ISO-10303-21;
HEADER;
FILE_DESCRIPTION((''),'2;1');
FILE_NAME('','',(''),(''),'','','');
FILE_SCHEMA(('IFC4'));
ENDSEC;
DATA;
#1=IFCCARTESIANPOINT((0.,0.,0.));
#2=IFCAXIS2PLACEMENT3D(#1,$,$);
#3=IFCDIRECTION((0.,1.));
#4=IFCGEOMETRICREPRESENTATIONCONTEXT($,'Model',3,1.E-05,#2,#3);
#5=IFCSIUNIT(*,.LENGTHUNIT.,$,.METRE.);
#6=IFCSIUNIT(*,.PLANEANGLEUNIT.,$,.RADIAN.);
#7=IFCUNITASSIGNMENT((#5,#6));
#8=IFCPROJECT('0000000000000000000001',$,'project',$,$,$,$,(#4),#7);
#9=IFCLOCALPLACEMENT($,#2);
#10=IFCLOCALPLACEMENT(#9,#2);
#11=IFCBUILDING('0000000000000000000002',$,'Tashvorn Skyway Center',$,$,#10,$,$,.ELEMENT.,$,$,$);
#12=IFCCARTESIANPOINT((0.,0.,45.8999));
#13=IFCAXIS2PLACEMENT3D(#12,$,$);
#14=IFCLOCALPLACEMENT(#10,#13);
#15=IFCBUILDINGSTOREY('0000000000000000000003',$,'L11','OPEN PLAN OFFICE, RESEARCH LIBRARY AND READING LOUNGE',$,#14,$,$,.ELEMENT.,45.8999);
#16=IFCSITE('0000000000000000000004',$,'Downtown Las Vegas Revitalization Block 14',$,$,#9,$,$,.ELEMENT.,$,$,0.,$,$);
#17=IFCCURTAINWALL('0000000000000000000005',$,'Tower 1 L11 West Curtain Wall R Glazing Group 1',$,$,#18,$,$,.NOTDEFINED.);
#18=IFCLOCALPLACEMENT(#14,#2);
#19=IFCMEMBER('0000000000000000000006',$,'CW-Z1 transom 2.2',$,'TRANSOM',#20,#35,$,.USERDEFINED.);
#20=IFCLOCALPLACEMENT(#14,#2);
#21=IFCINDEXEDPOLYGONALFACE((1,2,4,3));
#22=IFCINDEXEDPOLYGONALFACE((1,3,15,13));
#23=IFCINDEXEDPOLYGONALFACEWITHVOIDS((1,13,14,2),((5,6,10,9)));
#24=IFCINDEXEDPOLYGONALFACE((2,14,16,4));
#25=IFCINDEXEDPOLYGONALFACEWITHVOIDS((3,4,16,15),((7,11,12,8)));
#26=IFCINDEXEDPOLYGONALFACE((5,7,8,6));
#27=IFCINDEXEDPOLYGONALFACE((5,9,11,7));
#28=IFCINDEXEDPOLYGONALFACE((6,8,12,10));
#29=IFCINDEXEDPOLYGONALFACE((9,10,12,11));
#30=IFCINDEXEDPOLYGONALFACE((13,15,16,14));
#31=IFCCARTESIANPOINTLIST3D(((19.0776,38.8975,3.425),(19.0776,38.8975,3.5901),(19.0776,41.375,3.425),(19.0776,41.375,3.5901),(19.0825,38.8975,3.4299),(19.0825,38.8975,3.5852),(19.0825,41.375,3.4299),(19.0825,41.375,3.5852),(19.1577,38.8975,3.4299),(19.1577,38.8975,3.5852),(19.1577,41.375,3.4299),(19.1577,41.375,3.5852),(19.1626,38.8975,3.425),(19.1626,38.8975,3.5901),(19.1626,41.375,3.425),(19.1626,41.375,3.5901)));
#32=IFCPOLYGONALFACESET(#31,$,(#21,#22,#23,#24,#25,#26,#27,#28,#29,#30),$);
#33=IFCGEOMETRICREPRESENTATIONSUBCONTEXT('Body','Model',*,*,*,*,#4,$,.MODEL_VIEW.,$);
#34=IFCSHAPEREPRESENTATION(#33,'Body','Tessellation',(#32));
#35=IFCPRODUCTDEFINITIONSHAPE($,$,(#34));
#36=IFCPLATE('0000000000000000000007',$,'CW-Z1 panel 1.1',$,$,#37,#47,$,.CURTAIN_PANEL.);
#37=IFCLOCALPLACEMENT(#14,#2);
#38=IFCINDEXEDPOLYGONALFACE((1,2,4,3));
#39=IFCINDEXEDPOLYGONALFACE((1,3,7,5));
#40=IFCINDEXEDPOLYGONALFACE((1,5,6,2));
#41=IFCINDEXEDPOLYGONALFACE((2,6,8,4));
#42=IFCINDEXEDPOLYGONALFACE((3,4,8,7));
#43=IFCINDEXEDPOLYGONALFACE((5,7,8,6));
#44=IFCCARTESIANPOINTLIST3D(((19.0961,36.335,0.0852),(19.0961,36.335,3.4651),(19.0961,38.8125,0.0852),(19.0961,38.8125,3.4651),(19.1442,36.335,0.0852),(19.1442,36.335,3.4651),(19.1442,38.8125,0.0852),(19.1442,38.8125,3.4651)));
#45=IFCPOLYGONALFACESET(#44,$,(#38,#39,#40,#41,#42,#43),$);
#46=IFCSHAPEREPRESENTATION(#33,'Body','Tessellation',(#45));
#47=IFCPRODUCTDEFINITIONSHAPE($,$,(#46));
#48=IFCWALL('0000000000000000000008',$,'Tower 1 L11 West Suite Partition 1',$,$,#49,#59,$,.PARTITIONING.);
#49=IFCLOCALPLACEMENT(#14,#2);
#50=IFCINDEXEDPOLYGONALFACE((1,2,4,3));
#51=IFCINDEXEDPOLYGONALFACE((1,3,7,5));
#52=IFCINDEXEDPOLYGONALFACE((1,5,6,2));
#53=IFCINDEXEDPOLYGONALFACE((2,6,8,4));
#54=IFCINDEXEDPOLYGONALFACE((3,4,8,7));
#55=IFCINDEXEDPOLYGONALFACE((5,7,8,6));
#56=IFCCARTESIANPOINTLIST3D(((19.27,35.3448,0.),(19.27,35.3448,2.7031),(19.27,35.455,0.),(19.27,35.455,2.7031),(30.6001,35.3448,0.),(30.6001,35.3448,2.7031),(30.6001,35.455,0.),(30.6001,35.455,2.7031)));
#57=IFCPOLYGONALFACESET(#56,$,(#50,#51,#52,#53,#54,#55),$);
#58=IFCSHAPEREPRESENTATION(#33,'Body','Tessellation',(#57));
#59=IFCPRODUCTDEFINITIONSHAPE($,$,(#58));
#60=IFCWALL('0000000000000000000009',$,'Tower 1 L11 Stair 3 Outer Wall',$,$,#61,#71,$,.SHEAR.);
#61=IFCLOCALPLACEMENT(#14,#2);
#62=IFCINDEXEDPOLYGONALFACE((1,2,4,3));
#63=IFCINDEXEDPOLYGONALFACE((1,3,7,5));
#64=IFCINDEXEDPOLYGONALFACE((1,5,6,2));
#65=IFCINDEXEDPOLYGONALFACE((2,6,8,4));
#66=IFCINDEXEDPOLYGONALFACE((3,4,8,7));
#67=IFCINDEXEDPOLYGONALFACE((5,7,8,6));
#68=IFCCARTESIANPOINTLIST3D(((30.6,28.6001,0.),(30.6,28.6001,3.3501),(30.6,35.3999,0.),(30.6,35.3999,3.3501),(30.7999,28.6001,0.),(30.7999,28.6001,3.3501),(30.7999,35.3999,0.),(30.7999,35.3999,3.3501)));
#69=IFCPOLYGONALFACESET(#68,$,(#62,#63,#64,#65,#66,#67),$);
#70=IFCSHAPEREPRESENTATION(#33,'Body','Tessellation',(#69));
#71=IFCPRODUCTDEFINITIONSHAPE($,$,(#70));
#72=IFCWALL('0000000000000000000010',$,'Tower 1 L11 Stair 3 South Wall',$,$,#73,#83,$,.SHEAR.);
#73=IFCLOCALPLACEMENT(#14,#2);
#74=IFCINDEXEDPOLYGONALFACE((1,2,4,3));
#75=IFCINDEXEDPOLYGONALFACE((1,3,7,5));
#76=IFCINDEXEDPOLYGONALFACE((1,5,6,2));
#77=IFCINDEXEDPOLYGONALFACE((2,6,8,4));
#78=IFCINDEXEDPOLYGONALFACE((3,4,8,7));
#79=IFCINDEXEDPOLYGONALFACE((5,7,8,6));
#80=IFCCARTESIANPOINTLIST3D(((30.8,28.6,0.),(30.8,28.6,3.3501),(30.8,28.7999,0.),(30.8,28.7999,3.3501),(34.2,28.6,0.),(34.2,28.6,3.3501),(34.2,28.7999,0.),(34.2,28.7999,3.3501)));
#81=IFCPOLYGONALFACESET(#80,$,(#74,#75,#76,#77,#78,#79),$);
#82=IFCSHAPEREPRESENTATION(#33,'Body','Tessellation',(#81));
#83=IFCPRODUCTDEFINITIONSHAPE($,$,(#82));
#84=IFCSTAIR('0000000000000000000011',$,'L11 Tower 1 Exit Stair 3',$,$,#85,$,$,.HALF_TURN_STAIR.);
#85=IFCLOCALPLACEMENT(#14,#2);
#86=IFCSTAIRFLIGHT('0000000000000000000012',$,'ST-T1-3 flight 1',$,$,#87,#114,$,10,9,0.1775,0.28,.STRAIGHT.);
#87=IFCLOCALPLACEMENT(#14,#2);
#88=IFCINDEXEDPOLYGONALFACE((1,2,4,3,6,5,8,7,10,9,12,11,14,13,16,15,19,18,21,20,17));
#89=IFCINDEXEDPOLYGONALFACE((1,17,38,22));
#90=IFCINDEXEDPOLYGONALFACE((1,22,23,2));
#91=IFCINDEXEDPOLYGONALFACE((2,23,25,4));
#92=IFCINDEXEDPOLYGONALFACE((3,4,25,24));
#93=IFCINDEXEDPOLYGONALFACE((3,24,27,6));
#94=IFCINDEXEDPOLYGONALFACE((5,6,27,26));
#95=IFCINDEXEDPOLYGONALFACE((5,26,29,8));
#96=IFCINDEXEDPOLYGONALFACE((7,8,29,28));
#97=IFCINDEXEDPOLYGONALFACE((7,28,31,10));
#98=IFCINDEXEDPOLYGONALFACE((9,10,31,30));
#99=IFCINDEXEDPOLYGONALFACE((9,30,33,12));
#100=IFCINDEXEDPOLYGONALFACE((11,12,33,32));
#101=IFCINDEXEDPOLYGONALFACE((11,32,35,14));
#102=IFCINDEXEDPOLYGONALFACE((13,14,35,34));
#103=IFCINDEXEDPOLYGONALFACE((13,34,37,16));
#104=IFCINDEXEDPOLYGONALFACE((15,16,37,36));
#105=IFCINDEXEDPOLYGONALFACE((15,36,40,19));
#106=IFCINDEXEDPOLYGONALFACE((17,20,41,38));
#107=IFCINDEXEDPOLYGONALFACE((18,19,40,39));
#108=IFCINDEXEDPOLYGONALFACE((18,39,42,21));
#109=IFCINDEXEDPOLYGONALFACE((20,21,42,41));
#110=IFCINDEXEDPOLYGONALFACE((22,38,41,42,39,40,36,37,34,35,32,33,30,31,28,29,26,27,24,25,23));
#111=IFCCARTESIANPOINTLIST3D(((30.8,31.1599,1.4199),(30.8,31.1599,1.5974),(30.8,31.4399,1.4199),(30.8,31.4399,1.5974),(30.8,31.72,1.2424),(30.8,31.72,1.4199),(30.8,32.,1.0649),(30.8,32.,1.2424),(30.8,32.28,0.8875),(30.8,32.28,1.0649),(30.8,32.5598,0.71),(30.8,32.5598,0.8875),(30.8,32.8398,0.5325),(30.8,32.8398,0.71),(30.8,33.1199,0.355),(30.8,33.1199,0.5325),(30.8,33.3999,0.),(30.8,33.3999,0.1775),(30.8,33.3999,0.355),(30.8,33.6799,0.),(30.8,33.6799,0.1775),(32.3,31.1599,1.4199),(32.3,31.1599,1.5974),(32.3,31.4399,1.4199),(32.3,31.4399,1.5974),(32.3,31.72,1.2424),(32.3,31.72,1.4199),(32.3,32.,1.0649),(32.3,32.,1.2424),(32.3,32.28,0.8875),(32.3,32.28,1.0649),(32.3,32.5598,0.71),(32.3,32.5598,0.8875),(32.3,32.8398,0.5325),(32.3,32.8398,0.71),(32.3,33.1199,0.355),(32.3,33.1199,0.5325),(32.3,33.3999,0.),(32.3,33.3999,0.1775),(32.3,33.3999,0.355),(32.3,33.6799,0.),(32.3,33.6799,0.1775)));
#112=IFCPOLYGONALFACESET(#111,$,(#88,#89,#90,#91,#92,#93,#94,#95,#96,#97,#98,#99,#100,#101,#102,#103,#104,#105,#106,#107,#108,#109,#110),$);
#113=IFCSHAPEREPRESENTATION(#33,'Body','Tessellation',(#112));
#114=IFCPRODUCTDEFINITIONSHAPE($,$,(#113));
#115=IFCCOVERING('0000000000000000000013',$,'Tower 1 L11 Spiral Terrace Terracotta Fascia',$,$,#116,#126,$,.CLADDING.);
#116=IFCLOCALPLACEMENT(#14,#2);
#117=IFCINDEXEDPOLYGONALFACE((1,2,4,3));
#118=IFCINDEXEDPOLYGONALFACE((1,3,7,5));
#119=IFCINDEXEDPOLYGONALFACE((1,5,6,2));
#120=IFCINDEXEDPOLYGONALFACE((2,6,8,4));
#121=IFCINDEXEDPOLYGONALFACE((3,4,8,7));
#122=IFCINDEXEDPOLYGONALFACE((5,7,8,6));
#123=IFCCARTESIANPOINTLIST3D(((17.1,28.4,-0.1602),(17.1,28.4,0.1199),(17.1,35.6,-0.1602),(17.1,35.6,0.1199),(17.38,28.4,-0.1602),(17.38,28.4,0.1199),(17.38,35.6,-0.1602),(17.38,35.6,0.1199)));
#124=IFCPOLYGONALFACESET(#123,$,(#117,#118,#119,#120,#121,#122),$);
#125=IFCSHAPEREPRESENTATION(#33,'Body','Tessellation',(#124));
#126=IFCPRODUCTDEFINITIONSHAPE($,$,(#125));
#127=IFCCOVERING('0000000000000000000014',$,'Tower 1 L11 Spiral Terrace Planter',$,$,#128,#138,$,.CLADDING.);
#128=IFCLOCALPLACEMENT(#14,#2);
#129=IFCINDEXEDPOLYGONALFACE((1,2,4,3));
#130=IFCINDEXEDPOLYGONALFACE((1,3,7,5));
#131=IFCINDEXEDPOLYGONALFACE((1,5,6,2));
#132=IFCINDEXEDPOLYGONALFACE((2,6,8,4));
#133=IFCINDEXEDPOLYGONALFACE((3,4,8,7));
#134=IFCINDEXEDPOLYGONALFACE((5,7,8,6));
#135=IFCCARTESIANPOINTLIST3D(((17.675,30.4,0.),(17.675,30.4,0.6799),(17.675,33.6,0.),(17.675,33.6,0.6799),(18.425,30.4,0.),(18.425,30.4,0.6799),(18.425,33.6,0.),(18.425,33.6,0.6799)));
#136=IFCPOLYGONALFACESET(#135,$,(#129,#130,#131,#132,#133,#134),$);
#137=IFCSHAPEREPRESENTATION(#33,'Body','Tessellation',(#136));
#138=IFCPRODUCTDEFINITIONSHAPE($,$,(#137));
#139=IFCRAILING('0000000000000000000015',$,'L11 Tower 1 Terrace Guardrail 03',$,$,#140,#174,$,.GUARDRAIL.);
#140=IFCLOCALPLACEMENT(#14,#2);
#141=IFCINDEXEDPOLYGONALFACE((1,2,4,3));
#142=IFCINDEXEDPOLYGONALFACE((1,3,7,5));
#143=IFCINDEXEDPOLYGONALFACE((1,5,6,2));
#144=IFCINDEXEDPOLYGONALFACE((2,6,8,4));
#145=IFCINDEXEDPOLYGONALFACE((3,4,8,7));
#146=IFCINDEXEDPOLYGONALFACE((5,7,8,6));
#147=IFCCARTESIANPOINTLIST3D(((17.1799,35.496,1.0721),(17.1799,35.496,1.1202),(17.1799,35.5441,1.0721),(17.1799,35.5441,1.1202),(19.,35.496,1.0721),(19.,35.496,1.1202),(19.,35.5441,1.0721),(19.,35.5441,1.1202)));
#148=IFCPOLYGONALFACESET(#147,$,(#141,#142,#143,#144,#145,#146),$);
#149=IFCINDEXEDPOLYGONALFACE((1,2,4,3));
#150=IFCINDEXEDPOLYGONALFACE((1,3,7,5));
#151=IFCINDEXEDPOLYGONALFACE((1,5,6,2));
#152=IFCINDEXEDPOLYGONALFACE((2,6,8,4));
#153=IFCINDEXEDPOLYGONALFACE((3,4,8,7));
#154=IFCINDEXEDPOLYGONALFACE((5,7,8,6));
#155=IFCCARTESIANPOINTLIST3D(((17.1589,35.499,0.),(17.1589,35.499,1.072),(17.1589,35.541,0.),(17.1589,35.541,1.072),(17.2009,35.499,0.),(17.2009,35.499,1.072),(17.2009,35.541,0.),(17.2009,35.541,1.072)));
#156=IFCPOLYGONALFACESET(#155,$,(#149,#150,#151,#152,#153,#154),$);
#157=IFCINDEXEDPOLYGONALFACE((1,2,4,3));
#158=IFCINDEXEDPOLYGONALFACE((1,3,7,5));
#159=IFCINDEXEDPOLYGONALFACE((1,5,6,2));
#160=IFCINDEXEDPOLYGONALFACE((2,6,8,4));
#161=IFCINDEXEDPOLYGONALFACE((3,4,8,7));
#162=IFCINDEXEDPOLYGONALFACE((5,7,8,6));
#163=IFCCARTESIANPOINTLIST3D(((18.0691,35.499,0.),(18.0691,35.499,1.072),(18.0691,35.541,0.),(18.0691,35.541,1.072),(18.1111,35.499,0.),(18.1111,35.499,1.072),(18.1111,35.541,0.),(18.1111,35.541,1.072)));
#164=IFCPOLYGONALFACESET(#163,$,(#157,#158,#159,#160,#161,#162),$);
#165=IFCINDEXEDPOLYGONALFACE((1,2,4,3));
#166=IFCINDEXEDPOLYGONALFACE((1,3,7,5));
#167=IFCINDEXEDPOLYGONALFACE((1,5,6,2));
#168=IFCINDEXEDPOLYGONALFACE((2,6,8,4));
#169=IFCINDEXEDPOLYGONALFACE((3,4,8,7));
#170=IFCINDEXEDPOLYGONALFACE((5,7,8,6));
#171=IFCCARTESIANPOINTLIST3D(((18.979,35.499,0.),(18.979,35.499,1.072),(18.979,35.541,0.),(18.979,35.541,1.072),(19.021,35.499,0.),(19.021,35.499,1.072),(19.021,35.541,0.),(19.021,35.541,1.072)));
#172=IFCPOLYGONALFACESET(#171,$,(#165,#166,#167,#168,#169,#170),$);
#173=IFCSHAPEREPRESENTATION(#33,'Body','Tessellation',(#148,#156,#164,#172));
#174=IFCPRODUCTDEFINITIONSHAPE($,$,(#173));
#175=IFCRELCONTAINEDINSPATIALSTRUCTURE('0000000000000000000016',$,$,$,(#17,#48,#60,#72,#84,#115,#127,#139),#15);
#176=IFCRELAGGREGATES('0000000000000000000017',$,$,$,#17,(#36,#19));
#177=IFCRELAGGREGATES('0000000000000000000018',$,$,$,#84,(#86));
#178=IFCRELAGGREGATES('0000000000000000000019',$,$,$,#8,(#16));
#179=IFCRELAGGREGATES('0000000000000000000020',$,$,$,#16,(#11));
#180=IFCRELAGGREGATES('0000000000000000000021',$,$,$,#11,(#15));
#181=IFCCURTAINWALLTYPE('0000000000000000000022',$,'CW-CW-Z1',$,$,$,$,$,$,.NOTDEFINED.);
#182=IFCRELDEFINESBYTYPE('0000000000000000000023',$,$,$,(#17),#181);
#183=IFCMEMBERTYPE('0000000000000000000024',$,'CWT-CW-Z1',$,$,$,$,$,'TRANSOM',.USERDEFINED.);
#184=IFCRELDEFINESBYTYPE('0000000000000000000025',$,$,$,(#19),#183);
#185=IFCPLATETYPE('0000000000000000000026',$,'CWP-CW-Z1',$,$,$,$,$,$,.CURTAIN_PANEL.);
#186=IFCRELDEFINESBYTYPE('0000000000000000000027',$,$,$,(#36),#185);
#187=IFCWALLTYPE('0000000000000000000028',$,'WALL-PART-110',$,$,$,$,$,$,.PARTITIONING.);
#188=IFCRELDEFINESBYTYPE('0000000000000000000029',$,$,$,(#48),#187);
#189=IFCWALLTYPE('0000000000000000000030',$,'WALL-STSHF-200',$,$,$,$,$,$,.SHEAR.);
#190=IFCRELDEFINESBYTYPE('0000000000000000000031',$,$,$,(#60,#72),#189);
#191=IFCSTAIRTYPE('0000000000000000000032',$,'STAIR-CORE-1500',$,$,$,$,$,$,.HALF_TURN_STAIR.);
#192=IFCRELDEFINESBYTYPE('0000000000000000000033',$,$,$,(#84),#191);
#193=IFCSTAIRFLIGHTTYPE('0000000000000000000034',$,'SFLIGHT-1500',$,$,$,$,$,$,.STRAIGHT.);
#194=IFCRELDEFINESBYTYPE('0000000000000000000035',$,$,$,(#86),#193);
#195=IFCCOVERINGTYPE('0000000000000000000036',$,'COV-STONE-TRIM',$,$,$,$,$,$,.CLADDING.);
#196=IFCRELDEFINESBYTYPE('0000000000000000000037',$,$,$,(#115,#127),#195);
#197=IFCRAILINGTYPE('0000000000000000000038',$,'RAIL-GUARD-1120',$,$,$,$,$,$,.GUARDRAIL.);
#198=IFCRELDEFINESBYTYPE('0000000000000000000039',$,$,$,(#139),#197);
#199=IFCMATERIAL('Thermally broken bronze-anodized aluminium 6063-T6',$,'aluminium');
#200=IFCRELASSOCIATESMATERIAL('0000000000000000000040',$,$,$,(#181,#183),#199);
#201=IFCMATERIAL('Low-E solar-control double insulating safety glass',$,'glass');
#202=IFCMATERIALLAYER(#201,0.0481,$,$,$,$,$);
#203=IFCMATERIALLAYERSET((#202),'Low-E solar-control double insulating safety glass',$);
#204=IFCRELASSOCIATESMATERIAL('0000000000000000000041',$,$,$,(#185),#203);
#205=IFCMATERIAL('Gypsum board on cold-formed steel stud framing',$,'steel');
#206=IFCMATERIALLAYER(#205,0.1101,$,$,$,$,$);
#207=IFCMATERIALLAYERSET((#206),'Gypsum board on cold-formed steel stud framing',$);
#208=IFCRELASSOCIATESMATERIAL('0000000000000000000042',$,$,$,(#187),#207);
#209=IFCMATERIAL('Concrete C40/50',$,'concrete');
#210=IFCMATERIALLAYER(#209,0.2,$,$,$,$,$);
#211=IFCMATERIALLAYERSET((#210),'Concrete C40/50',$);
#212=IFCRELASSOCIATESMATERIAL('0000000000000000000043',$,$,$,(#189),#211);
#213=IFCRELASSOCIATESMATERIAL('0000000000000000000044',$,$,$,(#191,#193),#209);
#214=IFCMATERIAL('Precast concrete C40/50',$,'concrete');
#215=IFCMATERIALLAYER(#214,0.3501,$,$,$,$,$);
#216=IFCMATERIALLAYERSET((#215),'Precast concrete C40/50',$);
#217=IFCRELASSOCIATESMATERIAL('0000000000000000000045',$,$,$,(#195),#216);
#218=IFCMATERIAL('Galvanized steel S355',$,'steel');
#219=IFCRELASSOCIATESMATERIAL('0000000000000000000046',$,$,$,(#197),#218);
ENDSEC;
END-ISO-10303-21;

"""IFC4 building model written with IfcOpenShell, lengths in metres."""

from ifc_helpers import new_model, si_unit, direction, frame, frame_2d, origin, origin_2d, place, context, subcontext, project, spatial, polyline, rectangle, hollow_rectangle, outline, extrude, material, layer, layer_set, material_profile, profile_set, type_object, element, aggregate, save


model = new_model("IFC4")

# Units and contexts
model_context = context("Model", 3, precision=1e-05, world=origin(), true_north=direction((0.0, 1.0)))
body_context = subcontext(model_context, "Body", "Model", "MODEL_VIEW")
ifc_project = project(units=[si_unit("LENGTHUNIT", "METRE"), si_unit("PLANEANGLEUNIT", "RADIAN")], contexts=[model_context])

# Site, building, storey
site_placement = place(None, origin())
site = spatial("IfcSite", under=ifc_project, at=site_placement, Name="Downtown Las Vegas Revitalization Block 14", CompositionType="ELEMENT", RefElevation=0.0)
building_placement = place(site_placement, origin())
building = spatial("IfcBuilding", under=site, at=building_placement, Name="Tashvorn Skyway Center", CompositionType="ELEMENT")
storey_placement = place(building_placement, frame((0.0, 0.0, 45.8999)))
storey = spatial("IfcBuildingStorey", under=building, at=storey_placement, Name="L11", Description="OPEN PLAN OFFICE, RESEARCH LIBRARY AND READING LOUNGE", CompositionType="ELEMENT", Elevation=45.8999)

# Curtain wall, member, plate
ifc_material_1 = material(Name="Thermally broken bronze-anodized aluminium 6063-T6", Category="aluminium")
curtain_wall_type = type_object("IfcCurtainWallType", Name="CW-CW-Z1", PredefinedType="NOTDEFINED", material=ifc_material_1)
curtain_wall_placement = place(storey_placement, origin())
curtain_wall = element("IfcCurtainWall", 1, at=curtain_wall_placement, inside=storey, type_object=curtain_wall_type, Name="Tower 1 L11 West Curtain Wall R Glazing Group 1", PredefinedType="NOTDEFINED")
ifc_material_profile_1 = material_profile(ifc_material_1, hollow_rectangle(XDim=0.085, YDim=0.165, WallThickness=0.0049, at=origin_2d()), Name="ALU-TRAN-85x165")
ifc_profile_set_1 = profile_set([ifc_material_profile_1], Name="Thermally broken bronze-anodized aluminium 6063-T6")
member_type_1 = type_object("IfcMemberType", Name="CWT-CW-Z1", ElementType="TRANSOM", PredefinedType="USERDEFINED", material=ifc_profile_set_1)
member_1_placement = place(storey_placement, frame((19.1201, 38.8975, 3.5076), z_axis=(0.0, 1.0, 0.0), x_axis=(-1.0, 0.0, 0.0)))
member_1 = element("IfcMember", 2, at=member_1_placement, type_object=member_type_1, Name="CW-Z1 transom 2.2", ObjectType="TRANSOM", PredefinedType="USERDEFINED", context=body_context, shape_type="SweptSolid", body=[
    extrude(hollow_rectangle(XDim=0.085, YDim=0.165, WallThickness=0.0049, at=origin_2d()), origin(), (0.0, 0.0, 1.0), 2.4775),
])
ifc_material_2 = material(Name="Low-E solar-control double insulating safety glass", Category="glass")
ifc_layer_1 = layer(ifc_material_2, 0.0481)
ifc_layer_set_1 = layer_set([ifc_layer_1], Name="Low-E solar-control double insulating safety glass")
plate_type = type_object("IfcPlateType", Name="CWP-CW-Z1", PredefinedType="CURTAIN_PANEL", material=ifc_layer_set_1)
plate_placement = place(storey_placement, frame((19.1201, 37.5737, 0.0852), z_axis=(0.0, 0.0, 1.0), x_axis=(0.0, 1.0, 0.0)))
plate = element("IfcPlate", 3, at=plate_placement, type_object=plate_type, Name="CW-Z1 panel 1.1", PredefinedType="CURTAIN_PANEL", context=body_context, shape_type="SweptSolid", body=[
    extrude(rectangle(XDim=2.4775, YDim=0.0481, at=origin_2d()), origin(), (0.0, 0.0, 1.0), 3.3799),
])
aggregate(curtain_wall, [plate, member_1])

# Walls
ifc_material_3 = material(Name="Gypsum board on cold-formed steel stud framing", Category="steel")
ifc_layer_2 = layer(ifc_material_3, 0.1101)
ifc_layer_set_2 = layer_set([ifc_layer_2], Name="Gypsum board on cold-formed steel stud framing")
wall_type_1 = type_object("IfcWallType", Name="WALL-PART-110", PredefinedType="PARTITIONING", material=ifc_layer_set_2)
wall_1_placement = place(storey_placement, frame((30.6001, 35.3999, 0.0), z_axis=(0.0, 0.0, 1.0), x_axis=(-1.0, 0.0, 0.0)))
element("IfcWall", 4, at=wall_1_placement, inside=storey, type_object=wall_type_1, Name="Tower 1 L11 West Suite Partition 1", PredefinedType="PARTITIONING", context=body_context, shape_type="SweptSolid", body=[
    extrude(rectangle(XDim=11.3301, YDim=0.1101, at=frame_2d((5.665, 0.0))), origin(), (0.0, 0.0, 1.0), 2.7031),
])
ifc_material_4 = material(Name="Concrete C40/50", Category="concrete")
ifc_layer_3 = layer(ifc_material_4, 0.2)
ifc_layer_set_3 = layer_set([ifc_layer_3], Name="Concrete C40/50")
wall_type_2 = type_object("IfcWallType", Name="WALL-STSHF-200", PredefinedType="SHEAR", material=ifc_layer_set_3)
wall_2_placement = place(storey_placement, frame((30.7, 28.6001, 0.0), z_axis=(0.0, 0.0, 1.0), x_axis=(0.0, 1.0, 0.0)))
element("IfcWall", 5, at=wall_2_placement, inside=storey, type_object=wall_type_2, Name="Tower 1 L11 Stair 3 Outer Wall", PredefinedType="SHEAR", context=body_context, shape_type="SweptSolid", body=[
    extrude(rectangle(XDim=6.7998, YDim=0.2, at=frame_2d((3.3999, 0.0))), origin(), (0.0, 0.0, 1.0), 3.3501),
])
wall_3_placement = place(storey_placement, frame((30.8, 28.7, 0.0), z_axis=(0.0, 0.0, 1.0), x_axis=(1.0, 0.0, 0.0)))
element("IfcWall", 6, at=wall_3_placement, inside=storey, type_object=wall_type_2, Name="Tower 1 L11 Stair 3 South Wall", PredefinedType="SHEAR", context=body_context, shape_type="SweptSolid", body=[
    extrude(rectangle(XDim=3.3999, YDim=0.2, at=frame_2d((1.7, 0.0))), origin(), (0.0, 0.0, 1.0), 3.3501),
])

# Stair, stair flight
stair_type = type_object("IfcStairType", Name="STAIR-CORE-1500", PredefinedType="HALF_TURN_STAIR", material=ifc_material_4)
stair_placement = place(storey_placement, origin())
stair = element("IfcStair", 7, at=stair_placement, inside=storey, type_object=stair_type, Name="L11 Tower 1 Exit Stair 3", PredefinedType="HALF_TURN_STAIR")
stair_flight_type = type_object("IfcStairFlightType", Name="SFLIGHT-1500", PredefinedType="STRAIGHT", material=ifc_material_4)
stair_flight_placement = place(storey_placement, frame((31.55, 33.6799, 0.0), z_axis=(0.0, 0.0, 1.0), x_axis=(0.0, -1.0, 0.0)))
stair_flight = element("IfcStairFlight", 8, at=stair_flight_placement, type_object=stair_flight_type, Name="ST-T1-3 flight 1", NumberOfRisers=10, NumberOfTreads=9, PredefinedType="STRAIGHT", RiserHeight=0.1775, TreadLength=0.28, context=body_context, shape_type="SweptSolid", body=[
    extrude(outline(polyline([(0.0, 0.0), (0.0, 0.1775), (0.28, 0.1775), (0.28, 0.355), (0.5601, 0.355), (0.5601, 0.5325), (0.8401, 0.5325), (0.8401, 0.71), (1.1201, 0.71), (1.1201, 0.8875), (1.3999, 0.8875), (1.3999, 1.0649), (1.6799, 1.0649), (1.6799, 1.2424), (1.96, 1.2424), (1.96, 1.4199), (2.24, 1.4199), (2.24, 1.5974), (2.52, 1.5974), (2.52, 1.7749), (2.52, 1.4199), (0.28, 0.0), (0.0, 0.0)])), frame((0.0, 0.75, 0.0), z_axis=(0.0, -1.0, 0.0), x_axis=(1.0, 0.0, 0.0)), (0.0, 0.0, 1.0), 1.5),
])
aggregate(stair, [stair_flight])

# Coverings
ifc_material_5 = material(Name="Precast concrete C40/50", Category="concrete")
ifc_layer_4 = layer(ifc_material_5, 0.3501)
ifc_layer_set_4 = layer_set([ifc_layer_4], Name="Precast concrete C40/50")
covering_type = type_object("IfcCoveringType", Name="COV-STONE-TRIM", PredefinedType="CLADDING", material=ifc_layer_set_4)
covering_1_placement = place(storey_placement, frame((17.24, 32.0, -0.1602), z_axis=(0.0, 0.0, 1.0), x_axis=(0.0, 1.0, 0.0)))
element("IfcCovering", 9, at=covering_1_placement, inside=storey, type_object=covering_type, Name="Tower 1 L11 Spiral Terrace Terracotta Fascia", PredefinedType="CLADDING", context=body_context, shape_type="SweptSolid", body=[
    extrude(rectangle(XDim=7.2, YDim=0.28, at=origin_2d()), origin(), (0.0, 0.0, 1.0), 0.28),
])
covering_2_placement = place(storey_placement, frame((18.05, 32.0, 0.0), z_axis=(0.0, 0.0, 1.0), x_axis=(0.0, 1.0, 0.0)))
element("IfcCovering", 10, at=covering_2_placement, inside=storey, type_object=covering_type, Name="Tower 1 L11 Spiral Terrace Planter", PredefinedType="CLADDING", context=body_context, shape_type="SweptSolid", body=[
    extrude(rectangle(XDim=3.2, YDim=0.75, at=origin_2d()), origin(), (0.0, 0.0, 1.0), 0.6799),
])

# Railing
ifc_material_6 = material(Name="Galvanized steel S355", Category="steel")
railing_type_1 = type_object("IfcRailingType", Name="RAIL-GUARD-1120", PredefinedType="GUARDRAIL", material=ifc_material_6)
railing_1_placement = place(storey_placement, frame((17.1799, 35.52, 0.0)))
element("IfcRailing", 11, at=railing_1_placement, inside=storey, type_object=railing_type_1, Name="L11 Tower 1 Terrace Guardrail 03", PredefinedType="GUARDRAIL", context=body_context, shape_type="SweptSolid", body=[
    extrude(rectangle(XDim=0.0481, YDim=0.0481, at=origin_2d()), frame((0.0, 0.0, 1.0962), z_axis=(1.0, 0.0, 0.0), x_axis=(0.0, 1.0, 0.0)), (0.0, 0.0, 1.0), 1.8201),
    extrude(rectangle(XDim=0.042, YDim=0.042, at=origin_2d()), origin(), (0.0, 0.0, 1.0), 1.072),
    extrude(rectangle(XDim=0.042, YDim=0.042, at=origin_2d()), frame((0.9102, 0.0, 0.0)), (0.0, 0.0, 1.0), 1.072),
    extrude(rectangle(XDim=0.042, YDim=0.042, at=origin_2d()), frame((1.8201, 0.0, 0.0)), (0.0, 0.0, 1.0), 1.072),
])

save(model, "model.ifc")
